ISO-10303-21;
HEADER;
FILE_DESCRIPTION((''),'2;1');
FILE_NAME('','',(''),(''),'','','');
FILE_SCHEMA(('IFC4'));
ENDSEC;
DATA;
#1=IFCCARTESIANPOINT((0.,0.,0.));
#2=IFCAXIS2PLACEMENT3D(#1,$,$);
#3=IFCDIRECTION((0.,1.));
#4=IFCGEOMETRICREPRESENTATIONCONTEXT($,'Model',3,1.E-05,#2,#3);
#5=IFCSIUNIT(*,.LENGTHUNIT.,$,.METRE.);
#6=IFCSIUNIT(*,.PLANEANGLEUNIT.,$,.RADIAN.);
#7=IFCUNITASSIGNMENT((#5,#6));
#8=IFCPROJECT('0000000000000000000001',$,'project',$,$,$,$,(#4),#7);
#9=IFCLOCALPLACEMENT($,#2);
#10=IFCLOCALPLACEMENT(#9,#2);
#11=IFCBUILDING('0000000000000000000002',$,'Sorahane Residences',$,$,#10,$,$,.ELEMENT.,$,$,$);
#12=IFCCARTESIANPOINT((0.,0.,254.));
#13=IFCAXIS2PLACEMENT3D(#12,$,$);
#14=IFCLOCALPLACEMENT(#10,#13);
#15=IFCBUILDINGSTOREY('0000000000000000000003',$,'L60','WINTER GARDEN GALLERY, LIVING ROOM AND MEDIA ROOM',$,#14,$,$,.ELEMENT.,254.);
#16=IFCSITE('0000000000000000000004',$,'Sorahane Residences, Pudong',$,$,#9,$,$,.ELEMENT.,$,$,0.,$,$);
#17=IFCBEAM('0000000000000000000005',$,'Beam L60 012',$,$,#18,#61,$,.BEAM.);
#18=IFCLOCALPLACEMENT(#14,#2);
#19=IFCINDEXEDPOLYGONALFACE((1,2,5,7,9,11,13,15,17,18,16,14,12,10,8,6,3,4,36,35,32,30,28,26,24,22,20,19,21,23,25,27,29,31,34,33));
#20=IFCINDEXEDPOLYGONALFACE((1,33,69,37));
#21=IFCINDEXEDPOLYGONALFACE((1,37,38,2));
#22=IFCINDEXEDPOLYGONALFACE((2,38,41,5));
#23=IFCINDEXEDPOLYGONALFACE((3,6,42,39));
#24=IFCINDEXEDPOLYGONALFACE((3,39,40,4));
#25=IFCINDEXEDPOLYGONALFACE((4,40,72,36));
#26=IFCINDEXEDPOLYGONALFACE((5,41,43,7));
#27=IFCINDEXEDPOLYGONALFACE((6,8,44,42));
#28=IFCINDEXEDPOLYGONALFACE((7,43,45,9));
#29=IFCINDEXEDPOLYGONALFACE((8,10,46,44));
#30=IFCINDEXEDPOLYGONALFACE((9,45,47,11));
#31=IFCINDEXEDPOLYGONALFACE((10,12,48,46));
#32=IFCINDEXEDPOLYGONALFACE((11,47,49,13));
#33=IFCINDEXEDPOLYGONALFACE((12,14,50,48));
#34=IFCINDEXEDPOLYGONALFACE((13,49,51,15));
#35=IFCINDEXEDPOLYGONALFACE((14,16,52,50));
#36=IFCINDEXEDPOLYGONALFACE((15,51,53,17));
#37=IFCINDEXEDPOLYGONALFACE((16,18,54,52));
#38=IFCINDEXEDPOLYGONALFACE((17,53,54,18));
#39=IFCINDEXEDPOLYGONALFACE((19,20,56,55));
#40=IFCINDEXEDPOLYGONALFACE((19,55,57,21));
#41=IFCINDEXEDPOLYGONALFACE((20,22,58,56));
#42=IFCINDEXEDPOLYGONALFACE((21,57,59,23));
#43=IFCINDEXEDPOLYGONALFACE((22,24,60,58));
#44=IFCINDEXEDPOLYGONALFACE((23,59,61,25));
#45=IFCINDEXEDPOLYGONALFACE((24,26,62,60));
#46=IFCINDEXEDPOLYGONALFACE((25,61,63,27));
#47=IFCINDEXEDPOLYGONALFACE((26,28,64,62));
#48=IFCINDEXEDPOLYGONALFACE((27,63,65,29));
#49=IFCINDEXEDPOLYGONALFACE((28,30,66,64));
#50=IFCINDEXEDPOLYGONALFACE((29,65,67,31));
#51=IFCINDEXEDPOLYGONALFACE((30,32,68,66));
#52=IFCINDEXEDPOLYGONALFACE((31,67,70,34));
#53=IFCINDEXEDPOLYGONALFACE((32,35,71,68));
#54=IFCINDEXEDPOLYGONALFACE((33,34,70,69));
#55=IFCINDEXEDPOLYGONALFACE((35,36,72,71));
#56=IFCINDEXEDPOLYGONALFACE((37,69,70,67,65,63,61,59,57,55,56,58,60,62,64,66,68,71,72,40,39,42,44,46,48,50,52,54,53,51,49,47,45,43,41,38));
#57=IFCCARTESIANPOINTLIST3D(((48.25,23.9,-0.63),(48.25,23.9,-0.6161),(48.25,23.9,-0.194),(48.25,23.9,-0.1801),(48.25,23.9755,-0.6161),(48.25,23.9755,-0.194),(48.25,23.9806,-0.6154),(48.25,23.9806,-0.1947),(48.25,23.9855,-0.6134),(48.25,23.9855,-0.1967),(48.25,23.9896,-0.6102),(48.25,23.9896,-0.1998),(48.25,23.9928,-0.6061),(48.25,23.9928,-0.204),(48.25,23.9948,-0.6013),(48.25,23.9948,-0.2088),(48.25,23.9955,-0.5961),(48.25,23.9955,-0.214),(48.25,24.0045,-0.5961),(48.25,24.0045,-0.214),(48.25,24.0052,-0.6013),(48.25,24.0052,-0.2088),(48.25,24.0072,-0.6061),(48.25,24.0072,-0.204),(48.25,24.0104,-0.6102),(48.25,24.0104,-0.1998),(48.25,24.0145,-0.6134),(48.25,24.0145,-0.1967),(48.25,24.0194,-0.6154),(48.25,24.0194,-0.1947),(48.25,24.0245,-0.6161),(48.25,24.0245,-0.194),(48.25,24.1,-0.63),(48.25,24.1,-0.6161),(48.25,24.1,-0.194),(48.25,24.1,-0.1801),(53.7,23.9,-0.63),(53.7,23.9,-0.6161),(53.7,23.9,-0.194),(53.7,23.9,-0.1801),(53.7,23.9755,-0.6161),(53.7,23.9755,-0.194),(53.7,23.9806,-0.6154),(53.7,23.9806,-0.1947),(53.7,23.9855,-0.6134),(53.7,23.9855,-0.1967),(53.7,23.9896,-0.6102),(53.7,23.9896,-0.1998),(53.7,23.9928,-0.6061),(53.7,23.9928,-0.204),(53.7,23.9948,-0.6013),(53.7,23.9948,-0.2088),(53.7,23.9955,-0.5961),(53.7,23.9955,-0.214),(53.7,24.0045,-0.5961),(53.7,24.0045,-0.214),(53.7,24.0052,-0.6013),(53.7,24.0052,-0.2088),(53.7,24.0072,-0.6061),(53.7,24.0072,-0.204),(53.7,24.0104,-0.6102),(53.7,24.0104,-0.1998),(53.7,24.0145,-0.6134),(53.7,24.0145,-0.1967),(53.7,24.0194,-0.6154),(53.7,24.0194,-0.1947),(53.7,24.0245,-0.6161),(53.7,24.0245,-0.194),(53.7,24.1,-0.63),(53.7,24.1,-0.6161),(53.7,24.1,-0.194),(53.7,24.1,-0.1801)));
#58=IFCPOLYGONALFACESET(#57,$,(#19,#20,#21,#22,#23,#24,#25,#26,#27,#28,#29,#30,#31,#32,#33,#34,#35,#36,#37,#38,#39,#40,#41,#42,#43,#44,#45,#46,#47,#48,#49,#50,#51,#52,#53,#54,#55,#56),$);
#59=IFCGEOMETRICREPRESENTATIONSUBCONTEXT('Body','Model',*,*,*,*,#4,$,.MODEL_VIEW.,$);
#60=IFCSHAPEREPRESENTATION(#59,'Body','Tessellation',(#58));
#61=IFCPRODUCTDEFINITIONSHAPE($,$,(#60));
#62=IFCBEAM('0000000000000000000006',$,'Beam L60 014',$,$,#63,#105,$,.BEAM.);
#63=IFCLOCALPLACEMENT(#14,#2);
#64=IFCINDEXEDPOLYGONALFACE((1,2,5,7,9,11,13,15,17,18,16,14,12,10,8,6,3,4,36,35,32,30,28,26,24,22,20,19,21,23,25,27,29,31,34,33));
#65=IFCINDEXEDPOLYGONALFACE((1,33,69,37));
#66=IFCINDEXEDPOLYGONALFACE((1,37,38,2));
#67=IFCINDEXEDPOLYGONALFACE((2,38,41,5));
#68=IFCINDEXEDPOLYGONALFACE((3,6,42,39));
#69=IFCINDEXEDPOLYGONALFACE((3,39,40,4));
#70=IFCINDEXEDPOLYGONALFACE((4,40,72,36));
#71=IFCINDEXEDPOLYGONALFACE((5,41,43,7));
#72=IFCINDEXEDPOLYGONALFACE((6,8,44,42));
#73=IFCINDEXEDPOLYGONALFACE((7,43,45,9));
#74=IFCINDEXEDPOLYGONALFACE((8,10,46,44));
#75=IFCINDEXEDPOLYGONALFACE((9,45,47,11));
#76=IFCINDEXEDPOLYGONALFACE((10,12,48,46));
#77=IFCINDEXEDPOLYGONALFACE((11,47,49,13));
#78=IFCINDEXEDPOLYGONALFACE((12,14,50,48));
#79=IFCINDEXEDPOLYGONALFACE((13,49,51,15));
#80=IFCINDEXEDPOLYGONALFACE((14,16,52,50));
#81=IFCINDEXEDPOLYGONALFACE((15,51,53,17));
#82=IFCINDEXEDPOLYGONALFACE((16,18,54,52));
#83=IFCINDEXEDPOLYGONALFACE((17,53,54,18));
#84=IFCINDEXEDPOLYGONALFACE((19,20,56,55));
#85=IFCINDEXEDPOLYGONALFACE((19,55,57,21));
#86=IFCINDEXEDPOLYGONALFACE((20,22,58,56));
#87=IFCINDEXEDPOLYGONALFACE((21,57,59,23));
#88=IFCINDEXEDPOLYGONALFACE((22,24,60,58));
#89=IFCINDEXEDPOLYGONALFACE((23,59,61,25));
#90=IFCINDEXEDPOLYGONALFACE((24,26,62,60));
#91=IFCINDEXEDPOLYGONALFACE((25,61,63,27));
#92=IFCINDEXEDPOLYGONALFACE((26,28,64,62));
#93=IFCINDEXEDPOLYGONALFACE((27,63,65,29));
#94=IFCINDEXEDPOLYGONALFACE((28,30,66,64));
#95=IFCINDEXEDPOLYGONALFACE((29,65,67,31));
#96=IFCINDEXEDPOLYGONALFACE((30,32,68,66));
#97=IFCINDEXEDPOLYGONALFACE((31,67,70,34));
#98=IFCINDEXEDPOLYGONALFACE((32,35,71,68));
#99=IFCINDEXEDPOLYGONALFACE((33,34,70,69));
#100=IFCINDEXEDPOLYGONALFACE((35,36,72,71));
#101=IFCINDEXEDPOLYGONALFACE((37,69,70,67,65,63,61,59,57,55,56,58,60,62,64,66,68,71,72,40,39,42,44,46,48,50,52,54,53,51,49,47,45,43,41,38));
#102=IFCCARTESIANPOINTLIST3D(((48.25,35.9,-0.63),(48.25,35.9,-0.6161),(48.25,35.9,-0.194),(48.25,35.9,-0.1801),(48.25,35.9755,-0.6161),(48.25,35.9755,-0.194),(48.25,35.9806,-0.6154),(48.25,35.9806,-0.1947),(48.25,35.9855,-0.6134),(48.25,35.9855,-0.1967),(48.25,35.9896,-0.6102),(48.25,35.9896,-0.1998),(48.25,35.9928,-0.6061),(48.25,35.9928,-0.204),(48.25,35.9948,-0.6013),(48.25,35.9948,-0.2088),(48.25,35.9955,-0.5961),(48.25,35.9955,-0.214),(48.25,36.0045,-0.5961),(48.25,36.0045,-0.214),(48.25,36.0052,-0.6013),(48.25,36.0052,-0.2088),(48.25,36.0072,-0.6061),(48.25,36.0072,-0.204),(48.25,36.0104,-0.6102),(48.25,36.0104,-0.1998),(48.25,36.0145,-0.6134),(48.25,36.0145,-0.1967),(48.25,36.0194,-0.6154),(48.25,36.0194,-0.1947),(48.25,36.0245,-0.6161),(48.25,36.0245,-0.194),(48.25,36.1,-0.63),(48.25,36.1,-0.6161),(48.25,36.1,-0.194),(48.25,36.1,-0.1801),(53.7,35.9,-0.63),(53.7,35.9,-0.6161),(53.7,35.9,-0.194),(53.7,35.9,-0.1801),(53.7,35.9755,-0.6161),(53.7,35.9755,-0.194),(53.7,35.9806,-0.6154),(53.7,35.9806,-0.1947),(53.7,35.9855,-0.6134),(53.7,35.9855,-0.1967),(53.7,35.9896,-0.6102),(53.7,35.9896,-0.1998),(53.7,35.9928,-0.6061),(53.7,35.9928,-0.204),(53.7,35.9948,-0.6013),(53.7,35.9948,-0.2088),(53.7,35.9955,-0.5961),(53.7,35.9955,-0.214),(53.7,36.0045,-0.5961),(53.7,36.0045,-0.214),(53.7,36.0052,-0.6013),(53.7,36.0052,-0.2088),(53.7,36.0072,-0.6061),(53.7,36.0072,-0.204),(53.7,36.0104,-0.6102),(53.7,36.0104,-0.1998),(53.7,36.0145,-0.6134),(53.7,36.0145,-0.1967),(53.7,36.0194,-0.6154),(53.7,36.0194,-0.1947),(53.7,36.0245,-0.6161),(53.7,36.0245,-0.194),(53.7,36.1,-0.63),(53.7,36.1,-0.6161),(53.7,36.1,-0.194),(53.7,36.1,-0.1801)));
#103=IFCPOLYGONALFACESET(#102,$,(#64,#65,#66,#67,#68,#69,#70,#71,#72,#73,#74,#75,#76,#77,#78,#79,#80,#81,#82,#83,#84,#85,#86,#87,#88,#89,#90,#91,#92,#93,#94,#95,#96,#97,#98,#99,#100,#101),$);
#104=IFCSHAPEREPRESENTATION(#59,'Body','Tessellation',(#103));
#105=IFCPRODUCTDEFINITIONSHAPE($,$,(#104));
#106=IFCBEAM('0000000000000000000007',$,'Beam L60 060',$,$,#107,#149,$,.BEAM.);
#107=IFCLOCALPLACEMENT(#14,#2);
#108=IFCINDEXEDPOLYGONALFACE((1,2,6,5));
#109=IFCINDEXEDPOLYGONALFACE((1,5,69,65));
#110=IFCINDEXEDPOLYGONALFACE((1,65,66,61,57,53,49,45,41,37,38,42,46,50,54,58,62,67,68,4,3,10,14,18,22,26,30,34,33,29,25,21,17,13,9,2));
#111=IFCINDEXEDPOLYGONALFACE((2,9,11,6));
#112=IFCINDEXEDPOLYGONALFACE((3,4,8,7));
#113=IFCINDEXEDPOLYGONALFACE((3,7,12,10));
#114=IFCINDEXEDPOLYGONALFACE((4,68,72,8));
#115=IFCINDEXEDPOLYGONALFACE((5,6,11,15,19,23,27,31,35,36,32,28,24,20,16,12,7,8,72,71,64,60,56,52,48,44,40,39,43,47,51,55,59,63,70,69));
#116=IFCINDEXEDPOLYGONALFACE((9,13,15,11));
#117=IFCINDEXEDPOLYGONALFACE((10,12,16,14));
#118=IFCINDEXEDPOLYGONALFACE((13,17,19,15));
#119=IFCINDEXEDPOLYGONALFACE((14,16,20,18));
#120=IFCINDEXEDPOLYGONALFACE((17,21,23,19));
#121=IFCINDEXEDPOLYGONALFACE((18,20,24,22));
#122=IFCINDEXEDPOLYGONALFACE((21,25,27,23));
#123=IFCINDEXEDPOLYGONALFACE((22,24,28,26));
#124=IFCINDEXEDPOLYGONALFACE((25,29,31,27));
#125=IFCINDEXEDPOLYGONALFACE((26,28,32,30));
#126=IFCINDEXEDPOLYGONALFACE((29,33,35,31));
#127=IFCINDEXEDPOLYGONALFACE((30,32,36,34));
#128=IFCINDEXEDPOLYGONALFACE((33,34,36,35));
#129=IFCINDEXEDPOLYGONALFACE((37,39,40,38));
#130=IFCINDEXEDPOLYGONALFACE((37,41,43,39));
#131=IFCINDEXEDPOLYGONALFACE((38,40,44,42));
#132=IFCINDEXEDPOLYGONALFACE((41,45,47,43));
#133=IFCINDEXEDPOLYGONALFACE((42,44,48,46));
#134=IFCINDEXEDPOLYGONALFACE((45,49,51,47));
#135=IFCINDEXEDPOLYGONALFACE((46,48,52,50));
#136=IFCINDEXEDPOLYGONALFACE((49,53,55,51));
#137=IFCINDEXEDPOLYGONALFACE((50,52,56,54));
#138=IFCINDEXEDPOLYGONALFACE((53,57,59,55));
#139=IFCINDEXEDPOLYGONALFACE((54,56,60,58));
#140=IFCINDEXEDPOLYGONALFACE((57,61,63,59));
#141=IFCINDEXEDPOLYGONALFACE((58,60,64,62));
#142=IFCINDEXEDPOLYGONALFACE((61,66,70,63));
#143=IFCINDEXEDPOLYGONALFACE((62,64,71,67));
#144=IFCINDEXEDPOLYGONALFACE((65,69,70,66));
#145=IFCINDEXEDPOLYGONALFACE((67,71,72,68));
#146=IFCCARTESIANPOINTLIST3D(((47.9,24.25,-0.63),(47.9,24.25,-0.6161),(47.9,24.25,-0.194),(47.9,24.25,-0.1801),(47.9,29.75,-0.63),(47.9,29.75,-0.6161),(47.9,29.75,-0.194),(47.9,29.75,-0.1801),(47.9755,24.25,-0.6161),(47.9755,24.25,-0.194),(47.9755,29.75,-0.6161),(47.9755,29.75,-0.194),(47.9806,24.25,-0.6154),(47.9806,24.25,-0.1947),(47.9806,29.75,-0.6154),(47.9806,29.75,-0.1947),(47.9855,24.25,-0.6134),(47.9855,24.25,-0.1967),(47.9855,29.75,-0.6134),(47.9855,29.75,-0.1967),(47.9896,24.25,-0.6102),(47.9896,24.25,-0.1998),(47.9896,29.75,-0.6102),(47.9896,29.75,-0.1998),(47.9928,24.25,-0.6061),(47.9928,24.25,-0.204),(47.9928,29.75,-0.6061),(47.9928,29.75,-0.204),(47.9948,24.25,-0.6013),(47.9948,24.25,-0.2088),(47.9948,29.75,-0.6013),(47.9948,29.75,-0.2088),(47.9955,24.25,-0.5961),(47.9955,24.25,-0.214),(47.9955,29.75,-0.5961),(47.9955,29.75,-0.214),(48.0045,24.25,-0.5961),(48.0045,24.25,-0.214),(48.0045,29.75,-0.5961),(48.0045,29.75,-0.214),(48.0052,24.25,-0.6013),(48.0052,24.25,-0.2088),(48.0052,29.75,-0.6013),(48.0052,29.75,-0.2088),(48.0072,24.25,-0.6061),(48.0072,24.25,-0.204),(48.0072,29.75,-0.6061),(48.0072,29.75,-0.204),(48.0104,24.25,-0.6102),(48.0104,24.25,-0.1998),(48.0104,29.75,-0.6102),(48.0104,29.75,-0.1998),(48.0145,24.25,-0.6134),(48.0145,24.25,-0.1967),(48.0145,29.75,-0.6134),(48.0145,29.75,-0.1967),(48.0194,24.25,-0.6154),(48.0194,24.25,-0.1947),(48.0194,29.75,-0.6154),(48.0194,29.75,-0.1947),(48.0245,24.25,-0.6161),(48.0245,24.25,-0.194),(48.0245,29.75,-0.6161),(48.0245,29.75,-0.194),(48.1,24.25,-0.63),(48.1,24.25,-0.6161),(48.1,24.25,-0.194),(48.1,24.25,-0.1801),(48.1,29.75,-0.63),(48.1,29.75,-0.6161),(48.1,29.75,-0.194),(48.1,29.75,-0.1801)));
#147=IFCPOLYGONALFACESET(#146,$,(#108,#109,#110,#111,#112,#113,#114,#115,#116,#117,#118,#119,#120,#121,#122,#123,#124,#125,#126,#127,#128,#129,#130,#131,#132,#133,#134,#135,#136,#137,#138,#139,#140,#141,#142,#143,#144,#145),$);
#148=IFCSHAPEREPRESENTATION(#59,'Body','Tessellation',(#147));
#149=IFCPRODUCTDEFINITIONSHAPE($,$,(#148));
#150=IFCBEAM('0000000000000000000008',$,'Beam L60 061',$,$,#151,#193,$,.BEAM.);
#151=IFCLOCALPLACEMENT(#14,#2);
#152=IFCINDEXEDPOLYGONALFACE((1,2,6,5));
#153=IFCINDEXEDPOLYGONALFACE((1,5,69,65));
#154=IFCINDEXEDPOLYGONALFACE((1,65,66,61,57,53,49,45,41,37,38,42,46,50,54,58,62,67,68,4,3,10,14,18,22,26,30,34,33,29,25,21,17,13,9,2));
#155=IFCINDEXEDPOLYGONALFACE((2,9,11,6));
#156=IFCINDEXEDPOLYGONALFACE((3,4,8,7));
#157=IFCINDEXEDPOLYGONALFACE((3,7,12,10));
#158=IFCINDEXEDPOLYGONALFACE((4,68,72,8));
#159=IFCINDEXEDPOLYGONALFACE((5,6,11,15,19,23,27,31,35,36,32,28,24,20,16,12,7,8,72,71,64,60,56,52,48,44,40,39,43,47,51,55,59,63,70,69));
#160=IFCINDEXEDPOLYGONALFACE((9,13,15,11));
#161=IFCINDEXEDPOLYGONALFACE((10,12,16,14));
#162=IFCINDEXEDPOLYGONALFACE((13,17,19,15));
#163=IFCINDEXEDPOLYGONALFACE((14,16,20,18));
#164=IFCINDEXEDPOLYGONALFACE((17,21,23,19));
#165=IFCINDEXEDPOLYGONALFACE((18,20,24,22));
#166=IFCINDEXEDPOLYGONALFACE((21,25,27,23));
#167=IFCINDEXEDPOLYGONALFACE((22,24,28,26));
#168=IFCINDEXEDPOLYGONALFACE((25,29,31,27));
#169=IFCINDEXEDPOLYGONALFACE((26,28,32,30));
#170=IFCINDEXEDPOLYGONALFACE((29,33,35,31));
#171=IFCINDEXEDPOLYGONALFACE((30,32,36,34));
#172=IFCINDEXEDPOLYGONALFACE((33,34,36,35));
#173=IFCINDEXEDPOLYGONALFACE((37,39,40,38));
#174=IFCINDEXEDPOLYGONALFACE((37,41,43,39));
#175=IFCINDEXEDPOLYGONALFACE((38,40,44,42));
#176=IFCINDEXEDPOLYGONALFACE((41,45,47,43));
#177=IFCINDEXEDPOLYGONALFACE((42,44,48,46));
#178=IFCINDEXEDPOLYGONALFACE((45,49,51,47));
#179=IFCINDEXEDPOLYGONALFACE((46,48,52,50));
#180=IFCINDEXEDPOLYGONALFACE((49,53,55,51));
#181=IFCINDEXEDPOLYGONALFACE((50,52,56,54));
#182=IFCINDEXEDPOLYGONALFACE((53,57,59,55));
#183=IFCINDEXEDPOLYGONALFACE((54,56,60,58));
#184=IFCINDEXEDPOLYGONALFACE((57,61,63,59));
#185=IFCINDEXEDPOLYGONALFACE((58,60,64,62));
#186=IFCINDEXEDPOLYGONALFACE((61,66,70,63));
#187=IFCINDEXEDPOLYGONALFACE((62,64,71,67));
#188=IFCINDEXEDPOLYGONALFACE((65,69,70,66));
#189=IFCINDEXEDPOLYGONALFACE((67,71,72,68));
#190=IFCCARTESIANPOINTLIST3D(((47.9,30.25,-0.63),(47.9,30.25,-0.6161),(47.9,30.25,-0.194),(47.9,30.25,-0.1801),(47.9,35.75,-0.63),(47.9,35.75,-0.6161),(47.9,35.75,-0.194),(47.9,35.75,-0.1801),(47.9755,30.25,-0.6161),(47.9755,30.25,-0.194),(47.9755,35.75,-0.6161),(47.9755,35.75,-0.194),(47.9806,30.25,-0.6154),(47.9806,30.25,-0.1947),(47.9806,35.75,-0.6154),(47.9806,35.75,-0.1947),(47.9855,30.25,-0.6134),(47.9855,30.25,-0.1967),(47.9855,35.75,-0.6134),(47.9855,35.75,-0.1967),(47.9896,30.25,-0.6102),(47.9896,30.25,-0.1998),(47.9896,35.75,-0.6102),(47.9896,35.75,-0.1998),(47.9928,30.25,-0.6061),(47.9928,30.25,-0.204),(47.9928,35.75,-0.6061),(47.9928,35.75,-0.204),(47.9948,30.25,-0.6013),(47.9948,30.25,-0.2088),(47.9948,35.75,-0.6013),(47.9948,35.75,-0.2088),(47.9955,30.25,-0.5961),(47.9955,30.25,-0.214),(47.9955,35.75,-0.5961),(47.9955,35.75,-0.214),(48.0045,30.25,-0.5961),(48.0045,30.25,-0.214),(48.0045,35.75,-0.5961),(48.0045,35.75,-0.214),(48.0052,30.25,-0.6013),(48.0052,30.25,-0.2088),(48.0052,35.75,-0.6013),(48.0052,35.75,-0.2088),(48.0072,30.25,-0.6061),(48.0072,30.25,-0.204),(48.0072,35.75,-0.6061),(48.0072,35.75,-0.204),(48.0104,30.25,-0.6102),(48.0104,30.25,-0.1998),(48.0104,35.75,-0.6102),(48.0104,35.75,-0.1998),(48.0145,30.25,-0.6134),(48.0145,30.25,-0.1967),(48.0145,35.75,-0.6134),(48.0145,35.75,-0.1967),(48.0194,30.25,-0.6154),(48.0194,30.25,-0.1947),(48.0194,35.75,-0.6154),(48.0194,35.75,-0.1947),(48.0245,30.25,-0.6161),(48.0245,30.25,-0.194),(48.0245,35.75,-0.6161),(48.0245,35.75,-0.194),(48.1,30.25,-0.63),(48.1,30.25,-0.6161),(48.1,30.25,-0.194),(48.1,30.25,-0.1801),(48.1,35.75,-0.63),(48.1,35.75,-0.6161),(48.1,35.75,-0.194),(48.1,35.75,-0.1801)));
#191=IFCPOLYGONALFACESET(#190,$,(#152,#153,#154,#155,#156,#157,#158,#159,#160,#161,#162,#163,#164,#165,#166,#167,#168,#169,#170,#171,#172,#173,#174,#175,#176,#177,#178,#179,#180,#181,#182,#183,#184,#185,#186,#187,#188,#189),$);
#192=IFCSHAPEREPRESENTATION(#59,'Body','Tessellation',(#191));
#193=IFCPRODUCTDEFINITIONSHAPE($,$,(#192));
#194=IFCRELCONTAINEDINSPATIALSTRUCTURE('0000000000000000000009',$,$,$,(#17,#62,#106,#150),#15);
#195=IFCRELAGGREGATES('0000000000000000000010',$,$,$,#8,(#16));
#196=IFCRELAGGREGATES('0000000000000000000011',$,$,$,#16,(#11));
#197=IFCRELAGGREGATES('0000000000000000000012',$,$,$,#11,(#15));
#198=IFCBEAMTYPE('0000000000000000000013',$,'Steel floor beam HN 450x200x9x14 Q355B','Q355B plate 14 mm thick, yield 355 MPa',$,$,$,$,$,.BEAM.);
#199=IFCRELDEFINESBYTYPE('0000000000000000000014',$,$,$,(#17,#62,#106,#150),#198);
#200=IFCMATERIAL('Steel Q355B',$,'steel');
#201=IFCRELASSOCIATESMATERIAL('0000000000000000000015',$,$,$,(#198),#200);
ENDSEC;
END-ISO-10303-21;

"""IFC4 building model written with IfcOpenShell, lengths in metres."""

from ifc_helpers import new_model, si_unit, direction, frame, origin, origin_2d, place, context, subcontext, project, spatial, i_section, extrude, material, material_profile, profile_set, type_object, element, save


model = new_model("IFC4")

# Units and contexts
model_context = context("Model", 3, precision=1e-05, world=origin(), true_north=direction((0.0, 1.0)))
body_context = subcontext(model_context, "Body", "Model", "MODEL_VIEW")
ifc_project = project(units=[si_unit("LENGTHUNIT", "METRE"), si_unit("PLANEANGLEUNIT", "RADIAN")], contexts=[model_context])

# Site, building, storey
site_placement = place(None, origin())
site = spatial("IfcSite", under=ifc_project, at=site_placement, Name="Sorahane Residences, Pudong", CompositionType="ELEMENT", RefElevation=0.0)
building_placement = place(site_placement, origin())
building = spatial("IfcBuilding", under=site, at=building_placement, Name="Sorahane Residences", CompositionType="ELEMENT")
storey_placement = place(building_placement, frame((0.0, 0.0, 254.0)))
storey = spatial("IfcBuildingStorey", under=building, at=storey_placement, Name="L60", Description="WINTER GARDEN GALLERY, LIVING ROOM AND MEDIA ROOM", CompositionType="ELEMENT", Elevation=254.0)

# Beams
ifc_material_1 = material(Name="Steel Q355B", Category="steel")
ifc_material_profile_1 = material_profile(ifc_material_1, i_section(OverallWidth=0.2, OverallDepth=0.45, WebThickness=0.009, FlangeThickness=0.0139, FilletRadius=0.02, at=origin_2d()), Name="HN 450x200x9x14")
ifc_profile_set_1 = profile_set([ifc_material_profile_1], Name="Steel Q355B")
beam_type_1 = type_object("IfcBeamType", Name="Steel floor beam HN 450x200x9x14 Q355B", Description="Q355B plate 14 mm thick, yield 355 MPa", PredefinedType="BEAM", material=ifc_profile_set_1)
for number, where, z_axis, x_axis, name in (
    (1, (48.25, 24.0, -0.405), (1.0, 0.0, 0.0), (0.0, 1.0, 0.0), "Beam L60 012"),
    (2, (48.25, 36.0, -0.405), (1.0, 0.0, 0.0), (0.0, 1.0, 0.0), "Beam L60 014"),
):
    element("IfcBeam", number, at=place(storey_placement, frame(where, z_axis=z_axis, x_axis=x_axis)), inside=storey, type_object=beam_type_1, Name=name, PredefinedType="BEAM", context=body_context, shape_type="SweptSolid", body=[
        extrude(i_section(OverallWidth=0.2, OverallDepth=0.45, WebThickness=0.009, FlangeThickness=0.0139, FilletRadius=0.02, at=origin_2d()), origin(), (0.0, 0.0, 1.0), 5.45),
    ])
for number, where, z_axis, x_axis, name in (
    (3, (48.0, 24.25, -0.405), (0.0, 1.0, 0.0), (-1.0, 0.0, 0.0), "Beam L60 060"),
    (4, (48.0, 30.25, -0.405), (0.0, 1.0, 0.0), (-1.0, 0.0, 0.0), "Beam L60 061"),
):
    element("IfcBeam", number, at=place(storey_placement, frame(where, z_axis=z_axis, x_axis=x_axis)), inside=storey, type_object=beam_type_1, Name=name, PredefinedType="BEAM", context=body_context, shape_type="SweptSolid", body=[
        extrude(i_section(OverallWidth=0.2, OverallDepth=0.45, WebThickness=0.009, FlangeThickness=0.0139, FilletRadius=0.02, at=origin_2d()), origin(), (0.0, 0.0, 1.0), 5.5),
    ])

save(model, "model.ifc")
